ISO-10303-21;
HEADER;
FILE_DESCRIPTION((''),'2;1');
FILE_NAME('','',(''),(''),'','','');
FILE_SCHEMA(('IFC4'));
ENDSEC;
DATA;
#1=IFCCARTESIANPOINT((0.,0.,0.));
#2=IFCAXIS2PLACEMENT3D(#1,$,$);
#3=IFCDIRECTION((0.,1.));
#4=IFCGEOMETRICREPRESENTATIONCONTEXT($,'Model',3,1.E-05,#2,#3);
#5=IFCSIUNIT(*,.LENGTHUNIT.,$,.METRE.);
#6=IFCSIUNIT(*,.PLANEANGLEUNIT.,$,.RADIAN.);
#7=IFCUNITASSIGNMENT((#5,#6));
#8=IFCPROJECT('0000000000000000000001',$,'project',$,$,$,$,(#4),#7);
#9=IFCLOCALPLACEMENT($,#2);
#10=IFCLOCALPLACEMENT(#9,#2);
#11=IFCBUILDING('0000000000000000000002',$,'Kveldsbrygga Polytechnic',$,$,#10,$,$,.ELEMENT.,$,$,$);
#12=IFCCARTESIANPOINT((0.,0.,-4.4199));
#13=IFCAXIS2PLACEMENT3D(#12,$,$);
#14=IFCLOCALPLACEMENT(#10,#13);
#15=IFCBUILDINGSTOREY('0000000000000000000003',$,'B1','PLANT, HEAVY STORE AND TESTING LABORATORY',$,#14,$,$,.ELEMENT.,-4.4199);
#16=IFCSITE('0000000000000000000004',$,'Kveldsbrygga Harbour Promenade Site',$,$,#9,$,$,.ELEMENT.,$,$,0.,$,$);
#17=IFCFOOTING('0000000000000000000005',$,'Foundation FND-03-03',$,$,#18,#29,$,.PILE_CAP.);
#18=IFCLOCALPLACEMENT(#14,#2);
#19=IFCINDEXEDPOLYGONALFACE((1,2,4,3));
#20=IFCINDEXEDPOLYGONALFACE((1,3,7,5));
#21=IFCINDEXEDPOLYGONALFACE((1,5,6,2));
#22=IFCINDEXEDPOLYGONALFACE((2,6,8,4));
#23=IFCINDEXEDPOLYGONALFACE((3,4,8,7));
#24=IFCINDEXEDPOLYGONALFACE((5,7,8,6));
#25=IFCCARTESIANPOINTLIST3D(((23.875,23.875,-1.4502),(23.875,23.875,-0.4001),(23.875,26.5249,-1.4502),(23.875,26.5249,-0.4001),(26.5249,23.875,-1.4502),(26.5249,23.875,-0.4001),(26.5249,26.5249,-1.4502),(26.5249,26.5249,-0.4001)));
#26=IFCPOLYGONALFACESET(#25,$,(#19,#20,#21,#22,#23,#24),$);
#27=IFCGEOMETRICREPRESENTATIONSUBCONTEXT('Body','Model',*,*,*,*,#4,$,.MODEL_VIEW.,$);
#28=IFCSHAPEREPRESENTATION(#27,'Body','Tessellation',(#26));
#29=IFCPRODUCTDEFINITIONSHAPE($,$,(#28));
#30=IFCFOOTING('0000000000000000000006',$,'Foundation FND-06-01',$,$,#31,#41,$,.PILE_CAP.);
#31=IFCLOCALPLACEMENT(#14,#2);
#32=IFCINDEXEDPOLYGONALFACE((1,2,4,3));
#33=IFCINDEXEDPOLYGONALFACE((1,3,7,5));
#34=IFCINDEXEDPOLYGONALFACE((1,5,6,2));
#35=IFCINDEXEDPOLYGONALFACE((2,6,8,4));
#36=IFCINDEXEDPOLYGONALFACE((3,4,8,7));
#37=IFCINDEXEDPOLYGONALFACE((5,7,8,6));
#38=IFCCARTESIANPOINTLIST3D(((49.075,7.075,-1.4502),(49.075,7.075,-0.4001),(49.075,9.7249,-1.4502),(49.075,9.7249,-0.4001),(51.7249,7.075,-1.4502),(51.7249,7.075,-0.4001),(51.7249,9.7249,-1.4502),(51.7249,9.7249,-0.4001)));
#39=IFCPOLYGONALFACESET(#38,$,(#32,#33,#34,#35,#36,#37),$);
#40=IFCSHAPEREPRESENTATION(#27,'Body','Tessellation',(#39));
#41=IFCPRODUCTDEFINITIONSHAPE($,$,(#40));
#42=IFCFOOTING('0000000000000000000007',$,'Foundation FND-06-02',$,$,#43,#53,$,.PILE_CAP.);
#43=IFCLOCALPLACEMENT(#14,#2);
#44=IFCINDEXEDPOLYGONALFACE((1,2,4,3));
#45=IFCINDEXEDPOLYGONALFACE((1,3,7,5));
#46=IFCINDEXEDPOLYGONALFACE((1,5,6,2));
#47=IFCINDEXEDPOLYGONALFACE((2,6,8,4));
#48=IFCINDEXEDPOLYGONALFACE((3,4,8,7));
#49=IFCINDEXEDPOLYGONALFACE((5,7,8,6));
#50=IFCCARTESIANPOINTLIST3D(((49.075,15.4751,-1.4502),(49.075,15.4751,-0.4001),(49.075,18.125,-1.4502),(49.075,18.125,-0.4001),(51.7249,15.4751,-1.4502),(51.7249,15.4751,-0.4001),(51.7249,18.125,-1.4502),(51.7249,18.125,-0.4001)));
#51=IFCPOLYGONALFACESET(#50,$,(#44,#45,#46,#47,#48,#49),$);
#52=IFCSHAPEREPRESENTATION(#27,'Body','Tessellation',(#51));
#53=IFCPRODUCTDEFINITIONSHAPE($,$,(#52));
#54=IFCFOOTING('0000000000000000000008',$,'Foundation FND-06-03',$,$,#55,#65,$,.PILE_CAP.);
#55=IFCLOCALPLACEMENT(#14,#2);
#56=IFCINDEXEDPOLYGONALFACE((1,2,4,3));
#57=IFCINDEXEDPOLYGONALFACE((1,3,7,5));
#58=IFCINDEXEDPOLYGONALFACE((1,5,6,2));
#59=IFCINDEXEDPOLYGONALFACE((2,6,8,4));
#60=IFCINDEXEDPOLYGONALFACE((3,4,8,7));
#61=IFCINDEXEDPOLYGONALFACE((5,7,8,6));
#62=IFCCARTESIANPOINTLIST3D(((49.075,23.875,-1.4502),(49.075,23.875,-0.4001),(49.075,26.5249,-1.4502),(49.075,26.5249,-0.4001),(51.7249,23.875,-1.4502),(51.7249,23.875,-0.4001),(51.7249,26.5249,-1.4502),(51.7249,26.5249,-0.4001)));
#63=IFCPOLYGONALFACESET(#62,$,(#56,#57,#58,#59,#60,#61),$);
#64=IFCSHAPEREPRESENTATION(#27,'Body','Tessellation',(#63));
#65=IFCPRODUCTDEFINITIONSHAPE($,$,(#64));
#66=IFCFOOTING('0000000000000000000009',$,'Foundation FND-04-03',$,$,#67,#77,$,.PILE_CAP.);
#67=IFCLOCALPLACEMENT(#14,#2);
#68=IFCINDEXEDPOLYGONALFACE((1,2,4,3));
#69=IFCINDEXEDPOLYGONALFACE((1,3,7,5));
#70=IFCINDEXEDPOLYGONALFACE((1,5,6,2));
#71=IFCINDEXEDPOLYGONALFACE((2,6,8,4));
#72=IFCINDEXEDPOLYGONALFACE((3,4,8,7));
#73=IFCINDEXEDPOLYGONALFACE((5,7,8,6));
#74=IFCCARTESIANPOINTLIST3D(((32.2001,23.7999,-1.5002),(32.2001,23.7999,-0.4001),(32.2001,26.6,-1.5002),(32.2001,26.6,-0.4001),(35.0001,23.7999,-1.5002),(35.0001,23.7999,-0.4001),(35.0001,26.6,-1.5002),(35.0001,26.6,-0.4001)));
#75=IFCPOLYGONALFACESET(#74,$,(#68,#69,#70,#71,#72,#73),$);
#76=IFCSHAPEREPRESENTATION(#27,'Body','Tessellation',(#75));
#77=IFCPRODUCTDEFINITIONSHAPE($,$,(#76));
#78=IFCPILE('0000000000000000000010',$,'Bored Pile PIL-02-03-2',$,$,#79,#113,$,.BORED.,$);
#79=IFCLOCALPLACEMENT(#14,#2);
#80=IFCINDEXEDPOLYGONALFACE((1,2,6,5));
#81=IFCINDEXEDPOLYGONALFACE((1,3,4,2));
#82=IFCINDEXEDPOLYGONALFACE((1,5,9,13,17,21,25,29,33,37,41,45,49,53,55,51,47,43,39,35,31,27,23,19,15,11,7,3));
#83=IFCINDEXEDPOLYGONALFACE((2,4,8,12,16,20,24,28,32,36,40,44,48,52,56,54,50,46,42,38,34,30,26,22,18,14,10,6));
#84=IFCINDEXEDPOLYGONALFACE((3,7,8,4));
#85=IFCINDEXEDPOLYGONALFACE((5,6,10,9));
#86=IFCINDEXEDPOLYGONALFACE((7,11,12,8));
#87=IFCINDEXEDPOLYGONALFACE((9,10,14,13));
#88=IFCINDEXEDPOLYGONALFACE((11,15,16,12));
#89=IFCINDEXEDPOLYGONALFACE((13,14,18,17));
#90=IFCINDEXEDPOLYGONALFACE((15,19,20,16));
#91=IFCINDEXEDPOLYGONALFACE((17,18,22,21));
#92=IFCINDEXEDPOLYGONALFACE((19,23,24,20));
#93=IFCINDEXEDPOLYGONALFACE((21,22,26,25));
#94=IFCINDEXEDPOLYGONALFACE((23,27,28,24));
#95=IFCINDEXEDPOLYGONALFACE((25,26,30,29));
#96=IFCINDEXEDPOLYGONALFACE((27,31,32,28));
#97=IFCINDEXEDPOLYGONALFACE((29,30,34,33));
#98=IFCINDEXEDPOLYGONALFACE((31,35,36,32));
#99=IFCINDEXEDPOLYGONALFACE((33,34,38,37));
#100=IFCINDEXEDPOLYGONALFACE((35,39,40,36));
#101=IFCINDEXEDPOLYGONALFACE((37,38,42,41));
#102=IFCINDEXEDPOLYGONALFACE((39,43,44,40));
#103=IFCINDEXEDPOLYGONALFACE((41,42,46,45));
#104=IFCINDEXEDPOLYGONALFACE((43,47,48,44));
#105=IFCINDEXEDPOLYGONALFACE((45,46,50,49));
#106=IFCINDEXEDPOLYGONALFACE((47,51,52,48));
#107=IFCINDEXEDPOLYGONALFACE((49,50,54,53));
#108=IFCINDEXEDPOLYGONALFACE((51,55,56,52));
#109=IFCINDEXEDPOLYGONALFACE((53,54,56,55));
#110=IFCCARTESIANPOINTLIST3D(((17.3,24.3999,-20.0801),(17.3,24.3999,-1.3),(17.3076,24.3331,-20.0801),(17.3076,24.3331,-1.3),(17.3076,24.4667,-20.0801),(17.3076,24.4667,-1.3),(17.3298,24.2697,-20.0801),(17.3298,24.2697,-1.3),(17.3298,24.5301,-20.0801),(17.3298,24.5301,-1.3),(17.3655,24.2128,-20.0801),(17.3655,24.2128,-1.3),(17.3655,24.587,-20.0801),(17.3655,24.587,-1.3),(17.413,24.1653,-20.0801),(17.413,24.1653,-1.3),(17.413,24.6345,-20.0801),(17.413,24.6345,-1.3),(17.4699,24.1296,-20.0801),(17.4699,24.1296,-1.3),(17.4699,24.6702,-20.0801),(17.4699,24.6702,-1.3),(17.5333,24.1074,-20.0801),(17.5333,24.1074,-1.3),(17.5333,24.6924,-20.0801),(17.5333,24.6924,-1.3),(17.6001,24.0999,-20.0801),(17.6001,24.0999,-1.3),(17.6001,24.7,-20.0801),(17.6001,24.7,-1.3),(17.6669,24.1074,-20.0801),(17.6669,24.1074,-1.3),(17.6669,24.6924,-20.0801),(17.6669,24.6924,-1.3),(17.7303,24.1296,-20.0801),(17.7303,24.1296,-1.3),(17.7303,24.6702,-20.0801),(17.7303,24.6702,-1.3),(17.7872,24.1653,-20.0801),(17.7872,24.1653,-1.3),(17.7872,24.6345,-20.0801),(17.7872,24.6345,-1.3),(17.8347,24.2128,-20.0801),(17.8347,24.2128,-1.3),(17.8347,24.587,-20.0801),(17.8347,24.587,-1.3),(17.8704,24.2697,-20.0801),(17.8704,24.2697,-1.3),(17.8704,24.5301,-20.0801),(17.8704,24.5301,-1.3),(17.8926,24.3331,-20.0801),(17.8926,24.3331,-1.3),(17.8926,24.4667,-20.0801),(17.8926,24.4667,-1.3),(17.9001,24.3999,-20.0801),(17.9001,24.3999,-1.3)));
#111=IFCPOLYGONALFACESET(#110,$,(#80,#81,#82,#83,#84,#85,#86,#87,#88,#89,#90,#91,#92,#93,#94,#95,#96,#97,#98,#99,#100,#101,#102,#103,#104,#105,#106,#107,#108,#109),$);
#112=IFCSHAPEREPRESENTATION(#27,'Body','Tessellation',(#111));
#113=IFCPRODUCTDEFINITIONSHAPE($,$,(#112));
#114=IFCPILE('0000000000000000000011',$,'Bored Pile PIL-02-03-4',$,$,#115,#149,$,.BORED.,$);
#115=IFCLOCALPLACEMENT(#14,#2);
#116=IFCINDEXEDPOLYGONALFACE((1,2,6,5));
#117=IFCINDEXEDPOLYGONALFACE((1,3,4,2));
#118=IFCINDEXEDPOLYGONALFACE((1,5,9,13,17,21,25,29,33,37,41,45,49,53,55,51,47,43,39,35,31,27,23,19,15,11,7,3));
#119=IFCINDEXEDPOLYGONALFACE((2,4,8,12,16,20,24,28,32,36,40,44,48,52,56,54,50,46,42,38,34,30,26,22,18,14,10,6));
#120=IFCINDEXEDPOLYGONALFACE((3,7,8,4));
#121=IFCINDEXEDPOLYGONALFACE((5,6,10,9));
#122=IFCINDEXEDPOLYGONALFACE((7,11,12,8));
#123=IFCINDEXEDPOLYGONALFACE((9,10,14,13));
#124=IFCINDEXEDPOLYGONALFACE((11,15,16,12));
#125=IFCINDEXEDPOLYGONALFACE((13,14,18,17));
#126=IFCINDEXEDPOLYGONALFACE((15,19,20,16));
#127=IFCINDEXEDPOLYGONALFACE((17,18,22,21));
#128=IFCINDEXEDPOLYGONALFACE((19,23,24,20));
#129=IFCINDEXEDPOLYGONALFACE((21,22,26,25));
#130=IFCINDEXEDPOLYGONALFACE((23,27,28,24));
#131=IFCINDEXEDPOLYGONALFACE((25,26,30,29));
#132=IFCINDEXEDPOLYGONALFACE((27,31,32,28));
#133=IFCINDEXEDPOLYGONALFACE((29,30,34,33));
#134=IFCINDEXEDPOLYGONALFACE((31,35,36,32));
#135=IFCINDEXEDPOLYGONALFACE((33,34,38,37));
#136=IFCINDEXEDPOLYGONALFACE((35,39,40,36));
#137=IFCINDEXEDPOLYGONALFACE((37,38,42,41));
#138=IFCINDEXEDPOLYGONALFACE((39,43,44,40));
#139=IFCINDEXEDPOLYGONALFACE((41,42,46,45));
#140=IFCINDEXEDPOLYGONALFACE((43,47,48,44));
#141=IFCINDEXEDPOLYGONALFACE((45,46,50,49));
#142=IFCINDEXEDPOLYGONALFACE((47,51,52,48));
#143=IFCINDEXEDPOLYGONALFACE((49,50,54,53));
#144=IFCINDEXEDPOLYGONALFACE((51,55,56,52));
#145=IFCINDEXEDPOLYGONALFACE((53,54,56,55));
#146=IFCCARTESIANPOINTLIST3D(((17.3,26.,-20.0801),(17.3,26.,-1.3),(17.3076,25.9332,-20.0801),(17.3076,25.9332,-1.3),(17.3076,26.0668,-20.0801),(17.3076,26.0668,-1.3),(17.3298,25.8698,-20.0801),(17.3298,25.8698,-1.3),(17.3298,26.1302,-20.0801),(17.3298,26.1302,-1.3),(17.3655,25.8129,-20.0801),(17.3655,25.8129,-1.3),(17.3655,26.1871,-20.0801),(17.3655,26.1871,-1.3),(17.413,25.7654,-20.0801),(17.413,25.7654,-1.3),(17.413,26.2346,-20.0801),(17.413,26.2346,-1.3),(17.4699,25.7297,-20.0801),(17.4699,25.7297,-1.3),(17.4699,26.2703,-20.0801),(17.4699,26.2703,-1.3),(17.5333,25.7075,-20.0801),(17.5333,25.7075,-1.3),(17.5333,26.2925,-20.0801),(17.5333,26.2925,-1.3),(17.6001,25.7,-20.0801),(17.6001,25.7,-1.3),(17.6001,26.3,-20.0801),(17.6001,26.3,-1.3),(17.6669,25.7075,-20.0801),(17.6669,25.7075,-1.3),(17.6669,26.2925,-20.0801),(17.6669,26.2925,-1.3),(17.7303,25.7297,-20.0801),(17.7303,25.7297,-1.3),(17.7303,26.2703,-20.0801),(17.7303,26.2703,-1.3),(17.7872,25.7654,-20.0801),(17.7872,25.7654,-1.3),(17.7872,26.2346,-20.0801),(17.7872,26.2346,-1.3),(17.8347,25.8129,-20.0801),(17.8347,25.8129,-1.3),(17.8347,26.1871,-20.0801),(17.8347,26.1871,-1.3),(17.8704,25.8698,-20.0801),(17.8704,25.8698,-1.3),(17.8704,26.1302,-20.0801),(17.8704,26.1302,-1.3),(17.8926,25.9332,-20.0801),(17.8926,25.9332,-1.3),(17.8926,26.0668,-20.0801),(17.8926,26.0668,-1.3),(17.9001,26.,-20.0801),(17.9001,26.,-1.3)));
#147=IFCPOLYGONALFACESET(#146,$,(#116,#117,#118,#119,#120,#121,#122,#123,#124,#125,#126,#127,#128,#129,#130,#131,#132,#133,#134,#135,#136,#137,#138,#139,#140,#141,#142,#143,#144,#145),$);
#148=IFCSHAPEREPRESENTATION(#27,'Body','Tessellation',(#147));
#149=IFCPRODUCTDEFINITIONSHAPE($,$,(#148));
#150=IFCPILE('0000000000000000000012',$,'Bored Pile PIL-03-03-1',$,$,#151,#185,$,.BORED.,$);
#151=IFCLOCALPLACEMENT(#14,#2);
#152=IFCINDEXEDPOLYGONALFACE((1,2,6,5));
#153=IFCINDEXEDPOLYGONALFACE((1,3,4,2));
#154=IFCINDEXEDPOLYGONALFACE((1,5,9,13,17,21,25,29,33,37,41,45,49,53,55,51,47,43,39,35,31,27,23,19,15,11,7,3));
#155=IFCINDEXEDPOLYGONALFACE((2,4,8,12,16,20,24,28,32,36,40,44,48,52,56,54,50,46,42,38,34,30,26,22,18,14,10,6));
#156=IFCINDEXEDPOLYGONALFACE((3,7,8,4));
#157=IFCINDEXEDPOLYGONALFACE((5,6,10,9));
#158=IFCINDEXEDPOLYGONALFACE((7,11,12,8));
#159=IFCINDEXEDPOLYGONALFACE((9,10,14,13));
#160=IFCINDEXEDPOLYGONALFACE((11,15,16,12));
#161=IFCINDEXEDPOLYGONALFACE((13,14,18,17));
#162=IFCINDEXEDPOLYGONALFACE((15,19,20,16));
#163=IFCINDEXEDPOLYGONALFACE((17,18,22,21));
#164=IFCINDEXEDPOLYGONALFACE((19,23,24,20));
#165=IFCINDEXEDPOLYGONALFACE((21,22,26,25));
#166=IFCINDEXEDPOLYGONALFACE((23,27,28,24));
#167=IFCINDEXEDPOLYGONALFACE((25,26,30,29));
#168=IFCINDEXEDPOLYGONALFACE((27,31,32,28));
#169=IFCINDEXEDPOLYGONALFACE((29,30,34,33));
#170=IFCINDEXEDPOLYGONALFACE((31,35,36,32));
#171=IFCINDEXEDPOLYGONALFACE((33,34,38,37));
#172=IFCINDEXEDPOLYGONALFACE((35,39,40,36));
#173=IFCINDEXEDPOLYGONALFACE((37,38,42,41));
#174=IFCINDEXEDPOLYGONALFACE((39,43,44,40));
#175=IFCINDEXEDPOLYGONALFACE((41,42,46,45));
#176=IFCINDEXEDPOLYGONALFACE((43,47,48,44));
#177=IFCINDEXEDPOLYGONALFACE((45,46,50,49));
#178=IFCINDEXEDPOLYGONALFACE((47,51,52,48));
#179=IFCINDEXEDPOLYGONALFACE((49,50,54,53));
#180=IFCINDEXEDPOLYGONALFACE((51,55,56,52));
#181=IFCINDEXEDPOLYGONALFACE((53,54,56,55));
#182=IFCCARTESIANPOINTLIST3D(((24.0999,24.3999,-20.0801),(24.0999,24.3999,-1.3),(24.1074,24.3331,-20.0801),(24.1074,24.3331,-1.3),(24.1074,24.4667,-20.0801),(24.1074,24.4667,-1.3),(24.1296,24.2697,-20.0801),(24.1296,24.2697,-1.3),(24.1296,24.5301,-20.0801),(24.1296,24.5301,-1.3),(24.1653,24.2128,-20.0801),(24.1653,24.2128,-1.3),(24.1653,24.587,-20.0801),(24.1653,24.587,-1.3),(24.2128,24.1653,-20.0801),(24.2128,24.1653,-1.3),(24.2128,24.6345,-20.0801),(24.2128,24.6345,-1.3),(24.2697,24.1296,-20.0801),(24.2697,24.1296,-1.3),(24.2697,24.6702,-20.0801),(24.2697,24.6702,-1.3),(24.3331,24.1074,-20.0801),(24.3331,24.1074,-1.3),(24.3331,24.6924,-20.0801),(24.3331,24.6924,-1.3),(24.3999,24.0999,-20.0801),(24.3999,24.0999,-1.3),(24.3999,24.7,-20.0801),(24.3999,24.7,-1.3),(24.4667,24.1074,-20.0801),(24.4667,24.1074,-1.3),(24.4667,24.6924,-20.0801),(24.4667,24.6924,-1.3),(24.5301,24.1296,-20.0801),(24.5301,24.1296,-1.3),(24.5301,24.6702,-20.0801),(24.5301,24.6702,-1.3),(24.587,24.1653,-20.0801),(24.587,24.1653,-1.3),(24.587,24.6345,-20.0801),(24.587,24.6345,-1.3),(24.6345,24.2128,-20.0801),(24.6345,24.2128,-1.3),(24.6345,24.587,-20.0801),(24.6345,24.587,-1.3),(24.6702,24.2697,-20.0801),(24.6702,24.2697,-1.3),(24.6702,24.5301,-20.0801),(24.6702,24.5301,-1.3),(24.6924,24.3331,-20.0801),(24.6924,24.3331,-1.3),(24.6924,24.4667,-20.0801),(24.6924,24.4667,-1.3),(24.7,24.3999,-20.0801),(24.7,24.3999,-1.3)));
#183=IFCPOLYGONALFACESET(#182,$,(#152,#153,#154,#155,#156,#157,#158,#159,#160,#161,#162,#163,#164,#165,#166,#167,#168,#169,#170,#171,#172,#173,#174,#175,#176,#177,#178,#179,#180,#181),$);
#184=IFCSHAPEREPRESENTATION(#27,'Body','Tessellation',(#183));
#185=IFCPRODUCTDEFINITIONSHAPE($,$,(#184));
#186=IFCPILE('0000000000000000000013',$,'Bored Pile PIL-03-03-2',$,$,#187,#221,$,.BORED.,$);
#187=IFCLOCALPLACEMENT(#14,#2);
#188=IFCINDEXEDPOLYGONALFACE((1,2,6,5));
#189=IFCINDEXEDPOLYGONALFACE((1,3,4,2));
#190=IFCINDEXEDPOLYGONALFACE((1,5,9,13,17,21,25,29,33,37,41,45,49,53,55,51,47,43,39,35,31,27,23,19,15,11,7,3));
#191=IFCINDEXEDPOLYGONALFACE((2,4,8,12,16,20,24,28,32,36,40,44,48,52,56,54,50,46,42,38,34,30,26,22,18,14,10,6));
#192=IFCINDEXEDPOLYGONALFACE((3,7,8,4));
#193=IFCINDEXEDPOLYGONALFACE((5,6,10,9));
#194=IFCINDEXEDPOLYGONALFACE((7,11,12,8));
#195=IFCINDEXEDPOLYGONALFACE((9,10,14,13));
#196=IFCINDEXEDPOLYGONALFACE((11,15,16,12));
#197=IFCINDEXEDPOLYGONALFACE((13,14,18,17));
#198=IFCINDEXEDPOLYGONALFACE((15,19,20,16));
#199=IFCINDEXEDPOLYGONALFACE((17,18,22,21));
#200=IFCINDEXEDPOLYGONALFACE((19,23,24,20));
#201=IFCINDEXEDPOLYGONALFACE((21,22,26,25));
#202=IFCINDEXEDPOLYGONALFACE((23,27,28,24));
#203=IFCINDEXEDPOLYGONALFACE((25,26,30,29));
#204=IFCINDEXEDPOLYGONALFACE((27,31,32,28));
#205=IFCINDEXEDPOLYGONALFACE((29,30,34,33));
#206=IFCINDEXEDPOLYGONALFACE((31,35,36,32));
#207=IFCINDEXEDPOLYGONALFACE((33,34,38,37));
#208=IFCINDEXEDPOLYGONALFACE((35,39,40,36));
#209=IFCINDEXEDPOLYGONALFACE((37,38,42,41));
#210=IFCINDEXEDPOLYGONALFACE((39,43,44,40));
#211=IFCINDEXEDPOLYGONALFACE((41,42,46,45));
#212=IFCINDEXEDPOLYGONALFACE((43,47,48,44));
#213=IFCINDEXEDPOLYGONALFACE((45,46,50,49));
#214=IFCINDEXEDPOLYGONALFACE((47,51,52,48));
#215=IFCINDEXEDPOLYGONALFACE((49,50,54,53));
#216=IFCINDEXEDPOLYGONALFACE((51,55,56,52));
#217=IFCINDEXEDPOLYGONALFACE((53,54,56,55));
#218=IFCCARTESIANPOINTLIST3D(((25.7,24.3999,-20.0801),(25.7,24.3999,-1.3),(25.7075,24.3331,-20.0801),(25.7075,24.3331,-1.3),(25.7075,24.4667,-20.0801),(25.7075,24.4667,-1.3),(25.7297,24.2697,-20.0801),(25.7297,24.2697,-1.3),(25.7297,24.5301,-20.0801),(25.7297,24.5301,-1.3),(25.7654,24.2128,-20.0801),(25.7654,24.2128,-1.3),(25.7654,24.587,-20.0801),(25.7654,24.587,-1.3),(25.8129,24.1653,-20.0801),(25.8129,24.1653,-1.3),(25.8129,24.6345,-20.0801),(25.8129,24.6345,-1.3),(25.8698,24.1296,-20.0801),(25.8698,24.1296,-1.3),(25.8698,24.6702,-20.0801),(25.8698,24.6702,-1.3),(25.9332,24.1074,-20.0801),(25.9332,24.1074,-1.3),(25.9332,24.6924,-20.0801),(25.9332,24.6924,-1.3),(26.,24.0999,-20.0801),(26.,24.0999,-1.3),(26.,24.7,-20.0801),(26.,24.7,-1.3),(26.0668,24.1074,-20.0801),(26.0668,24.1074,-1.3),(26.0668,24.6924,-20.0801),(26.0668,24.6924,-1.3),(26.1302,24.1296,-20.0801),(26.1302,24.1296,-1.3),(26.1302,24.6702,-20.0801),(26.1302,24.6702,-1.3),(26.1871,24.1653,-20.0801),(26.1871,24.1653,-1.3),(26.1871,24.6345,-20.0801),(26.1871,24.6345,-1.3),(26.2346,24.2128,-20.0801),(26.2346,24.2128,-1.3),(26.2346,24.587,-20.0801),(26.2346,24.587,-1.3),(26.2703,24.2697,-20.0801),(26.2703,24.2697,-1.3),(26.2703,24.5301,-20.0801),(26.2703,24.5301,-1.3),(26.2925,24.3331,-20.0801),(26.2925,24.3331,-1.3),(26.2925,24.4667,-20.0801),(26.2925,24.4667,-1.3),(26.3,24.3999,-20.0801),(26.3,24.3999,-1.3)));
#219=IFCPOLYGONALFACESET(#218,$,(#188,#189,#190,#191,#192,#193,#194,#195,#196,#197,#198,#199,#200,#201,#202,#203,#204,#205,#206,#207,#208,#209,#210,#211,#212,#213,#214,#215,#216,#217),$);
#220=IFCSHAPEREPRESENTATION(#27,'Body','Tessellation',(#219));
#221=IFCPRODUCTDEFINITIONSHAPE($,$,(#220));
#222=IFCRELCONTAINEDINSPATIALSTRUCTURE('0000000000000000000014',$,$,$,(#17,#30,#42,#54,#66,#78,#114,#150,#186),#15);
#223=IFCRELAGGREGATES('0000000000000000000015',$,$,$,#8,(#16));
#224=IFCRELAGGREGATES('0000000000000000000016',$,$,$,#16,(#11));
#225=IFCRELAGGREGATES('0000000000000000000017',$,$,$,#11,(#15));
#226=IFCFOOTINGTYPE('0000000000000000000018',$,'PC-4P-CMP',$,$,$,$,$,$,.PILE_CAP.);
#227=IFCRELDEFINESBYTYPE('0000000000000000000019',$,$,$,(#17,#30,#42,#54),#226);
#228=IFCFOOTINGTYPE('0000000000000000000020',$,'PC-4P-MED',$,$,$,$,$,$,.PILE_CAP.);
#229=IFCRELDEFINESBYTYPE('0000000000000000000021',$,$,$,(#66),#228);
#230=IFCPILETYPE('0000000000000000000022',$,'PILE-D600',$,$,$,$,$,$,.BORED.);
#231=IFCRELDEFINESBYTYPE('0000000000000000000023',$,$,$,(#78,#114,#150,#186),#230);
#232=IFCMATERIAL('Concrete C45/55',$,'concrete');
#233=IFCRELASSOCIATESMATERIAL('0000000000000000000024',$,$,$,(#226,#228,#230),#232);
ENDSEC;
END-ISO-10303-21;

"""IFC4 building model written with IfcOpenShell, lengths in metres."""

from ifc_helpers import new_model, si_unit, direction, frame, origin, origin_2d, place, context, subcontext, project, spatial, rectangle, circle, extrude, material, material_profile, profile_set, type_object, element, save


model = new_model("IFC4")

# Units and contexts
model_context = context("Model", 3, precision=1e-05, world=origin(), true_north=direction((0.0, 1.0)))
body_context = subcontext(model_context, "Body", "Model", "MODEL_VIEW")
ifc_project = project(units=[si_unit("LENGTHUNIT", "METRE"), si_unit("PLANEANGLEUNIT", "RADIAN")], contexts=[model_context])

# Site, building, storey
site_placement = place(None, origin())
site = spatial("IfcSite", under=ifc_project, at=site_placement, Name="Kveldsbrygga Harbour Promenade Site", CompositionType="ELEMENT", RefElevation=0.0)
building_placement = place(site_placement, origin())
building = spatial("IfcBuilding", under=site, at=building_placement, Name="Kveldsbrygga Polytechnic", CompositionType="ELEMENT")
storey_placement = place(building_placement, frame((0.0, 0.0, -4.4199)))
storey = spatial("IfcBuildingStorey", under=building, at=storey_placement, Name="B1", Description="PLANT, HEAVY STORE AND TESTING LABORATORY", CompositionType="ELEMENT", Elevation=-4.4199)

# Footings
ifc_material_1 = material(Name="Concrete C45/55", Category="concrete")
footing_type_1 = type_object("IfcFootingType", Name="PC-4P-CMP", PredefinedType="PILE_CAP", material=ifc_material_1)
for number, where, z_axis, x_axis, name in (
    (1, (25.2, 25.2, -1.4502), (0.0, 0.0, 1.0), (1.0, 0.0, 0.0), "Foundation FND-03-03"),
    (2, (50.3999, 8.3999, -1.4502), (0.0, 0.0, 1.0), (1.0, 0.0, 0.0), "Foundation FND-06-01"),
    (3, (50.3999, 16.8, -1.4502), (0.0, 0.0, 1.0), (1.0, 0.0, 0.0), "Foundation FND-06-02"),
    (4, (50.3999, 25.2, -1.4502), (0.0, 0.0, 1.0), (1.0, 0.0, 0.0), "Foundation FND-06-03"),
):
    element("IfcFooting", number, at=place(storey_placement, frame(where, z_axis=z_axis, x_axis=x_axis)), inside=storey, type_object=footing_type_1, Name=name, PredefinedType="PILE_CAP", context=body_context, shape_type="SweptSolid", body=[
        extrude(rectangle(XDim=2.6499, YDim=2.6499, at=origin_2d()), origin(), (0.0, 0.0, 1.0), 1.05),
    ])
footing_type_2 = type_object("IfcFootingType", Name="PC-4P-MED", PredefinedType="PILE_CAP", material=ifc_material_1)
footing_placement = place(storey_placement, frame((33.6001, 25.2, -1.5002), z_axis=(0.0, 0.0, 1.0), x_axis=(1.0, 0.0, 0.0)))
element("IfcFooting", 5, at=footing_placement, inside=storey, type_object=footing_type_2, Name="Foundation FND-04-03", PredefinedType="PILE_CAP", context=body_context, shape_type="SweptSolid", body=[
    extrude(rectangle(XDim=2.8, YDim=2.8, at=origin_2d()), origin(), (0.0, 0.0, 1.0), 1.1001),
])

# Piles
ifc_material_profile_1 = material_profile(ifc_material_1, circle(Radius=0.3, at=origin_2d()), Name="PILE D600")
ifc_profile_set_1 = profile_set([ifc_material_profile_1], Name="Concrete C45/55")
pile_type_1 = type_object("IfcPileType", Name="PILE-D600", PredefinedType="BORED", material=ifc_profile_set_1)
for number, where, z_axis, x_axis, name in (
    (6, (17.6001, 24.3999, -1.3), (0.0, 0.0, -1.0), (1.0, 0.0, 0.0), "Bored Pile PIL-02-03-2"),
    (7, (17.6001, 26.0, -1.3), (0.0, 0.0, -1.0), (1.0, 0.0, 0.0), "Bored Pile PIL-02-03-4"),
    (8, (24.3999, 24.3999, -1.3), (0.0, 0.0, -1.0), (1.0, 0.0, 0.0), "Bored Pile PIL-03-03-1"),
    (9, (26.0, 24.3999, -1.3), (0.0, 0.0, -1.0), (1.0, 0.0, 0.0), "Bored Pile PIL-03-03-2"),
):
    element("IfcPile", number, at=place(storey_placement, frame(where, z_axis=z_axis, x_axis=x_axis)), inside=storey, type_object=pile_type_1, Name=name, PredefinedType="BORED", context=body_context, shape_type="SweptSolid", body=[
        extrude(circle(Radius=0.3, at=origin_2d()), origin(), (0.0, 0.0, 1.0), 18.78),
    ])

save(model, "model.ifc")
